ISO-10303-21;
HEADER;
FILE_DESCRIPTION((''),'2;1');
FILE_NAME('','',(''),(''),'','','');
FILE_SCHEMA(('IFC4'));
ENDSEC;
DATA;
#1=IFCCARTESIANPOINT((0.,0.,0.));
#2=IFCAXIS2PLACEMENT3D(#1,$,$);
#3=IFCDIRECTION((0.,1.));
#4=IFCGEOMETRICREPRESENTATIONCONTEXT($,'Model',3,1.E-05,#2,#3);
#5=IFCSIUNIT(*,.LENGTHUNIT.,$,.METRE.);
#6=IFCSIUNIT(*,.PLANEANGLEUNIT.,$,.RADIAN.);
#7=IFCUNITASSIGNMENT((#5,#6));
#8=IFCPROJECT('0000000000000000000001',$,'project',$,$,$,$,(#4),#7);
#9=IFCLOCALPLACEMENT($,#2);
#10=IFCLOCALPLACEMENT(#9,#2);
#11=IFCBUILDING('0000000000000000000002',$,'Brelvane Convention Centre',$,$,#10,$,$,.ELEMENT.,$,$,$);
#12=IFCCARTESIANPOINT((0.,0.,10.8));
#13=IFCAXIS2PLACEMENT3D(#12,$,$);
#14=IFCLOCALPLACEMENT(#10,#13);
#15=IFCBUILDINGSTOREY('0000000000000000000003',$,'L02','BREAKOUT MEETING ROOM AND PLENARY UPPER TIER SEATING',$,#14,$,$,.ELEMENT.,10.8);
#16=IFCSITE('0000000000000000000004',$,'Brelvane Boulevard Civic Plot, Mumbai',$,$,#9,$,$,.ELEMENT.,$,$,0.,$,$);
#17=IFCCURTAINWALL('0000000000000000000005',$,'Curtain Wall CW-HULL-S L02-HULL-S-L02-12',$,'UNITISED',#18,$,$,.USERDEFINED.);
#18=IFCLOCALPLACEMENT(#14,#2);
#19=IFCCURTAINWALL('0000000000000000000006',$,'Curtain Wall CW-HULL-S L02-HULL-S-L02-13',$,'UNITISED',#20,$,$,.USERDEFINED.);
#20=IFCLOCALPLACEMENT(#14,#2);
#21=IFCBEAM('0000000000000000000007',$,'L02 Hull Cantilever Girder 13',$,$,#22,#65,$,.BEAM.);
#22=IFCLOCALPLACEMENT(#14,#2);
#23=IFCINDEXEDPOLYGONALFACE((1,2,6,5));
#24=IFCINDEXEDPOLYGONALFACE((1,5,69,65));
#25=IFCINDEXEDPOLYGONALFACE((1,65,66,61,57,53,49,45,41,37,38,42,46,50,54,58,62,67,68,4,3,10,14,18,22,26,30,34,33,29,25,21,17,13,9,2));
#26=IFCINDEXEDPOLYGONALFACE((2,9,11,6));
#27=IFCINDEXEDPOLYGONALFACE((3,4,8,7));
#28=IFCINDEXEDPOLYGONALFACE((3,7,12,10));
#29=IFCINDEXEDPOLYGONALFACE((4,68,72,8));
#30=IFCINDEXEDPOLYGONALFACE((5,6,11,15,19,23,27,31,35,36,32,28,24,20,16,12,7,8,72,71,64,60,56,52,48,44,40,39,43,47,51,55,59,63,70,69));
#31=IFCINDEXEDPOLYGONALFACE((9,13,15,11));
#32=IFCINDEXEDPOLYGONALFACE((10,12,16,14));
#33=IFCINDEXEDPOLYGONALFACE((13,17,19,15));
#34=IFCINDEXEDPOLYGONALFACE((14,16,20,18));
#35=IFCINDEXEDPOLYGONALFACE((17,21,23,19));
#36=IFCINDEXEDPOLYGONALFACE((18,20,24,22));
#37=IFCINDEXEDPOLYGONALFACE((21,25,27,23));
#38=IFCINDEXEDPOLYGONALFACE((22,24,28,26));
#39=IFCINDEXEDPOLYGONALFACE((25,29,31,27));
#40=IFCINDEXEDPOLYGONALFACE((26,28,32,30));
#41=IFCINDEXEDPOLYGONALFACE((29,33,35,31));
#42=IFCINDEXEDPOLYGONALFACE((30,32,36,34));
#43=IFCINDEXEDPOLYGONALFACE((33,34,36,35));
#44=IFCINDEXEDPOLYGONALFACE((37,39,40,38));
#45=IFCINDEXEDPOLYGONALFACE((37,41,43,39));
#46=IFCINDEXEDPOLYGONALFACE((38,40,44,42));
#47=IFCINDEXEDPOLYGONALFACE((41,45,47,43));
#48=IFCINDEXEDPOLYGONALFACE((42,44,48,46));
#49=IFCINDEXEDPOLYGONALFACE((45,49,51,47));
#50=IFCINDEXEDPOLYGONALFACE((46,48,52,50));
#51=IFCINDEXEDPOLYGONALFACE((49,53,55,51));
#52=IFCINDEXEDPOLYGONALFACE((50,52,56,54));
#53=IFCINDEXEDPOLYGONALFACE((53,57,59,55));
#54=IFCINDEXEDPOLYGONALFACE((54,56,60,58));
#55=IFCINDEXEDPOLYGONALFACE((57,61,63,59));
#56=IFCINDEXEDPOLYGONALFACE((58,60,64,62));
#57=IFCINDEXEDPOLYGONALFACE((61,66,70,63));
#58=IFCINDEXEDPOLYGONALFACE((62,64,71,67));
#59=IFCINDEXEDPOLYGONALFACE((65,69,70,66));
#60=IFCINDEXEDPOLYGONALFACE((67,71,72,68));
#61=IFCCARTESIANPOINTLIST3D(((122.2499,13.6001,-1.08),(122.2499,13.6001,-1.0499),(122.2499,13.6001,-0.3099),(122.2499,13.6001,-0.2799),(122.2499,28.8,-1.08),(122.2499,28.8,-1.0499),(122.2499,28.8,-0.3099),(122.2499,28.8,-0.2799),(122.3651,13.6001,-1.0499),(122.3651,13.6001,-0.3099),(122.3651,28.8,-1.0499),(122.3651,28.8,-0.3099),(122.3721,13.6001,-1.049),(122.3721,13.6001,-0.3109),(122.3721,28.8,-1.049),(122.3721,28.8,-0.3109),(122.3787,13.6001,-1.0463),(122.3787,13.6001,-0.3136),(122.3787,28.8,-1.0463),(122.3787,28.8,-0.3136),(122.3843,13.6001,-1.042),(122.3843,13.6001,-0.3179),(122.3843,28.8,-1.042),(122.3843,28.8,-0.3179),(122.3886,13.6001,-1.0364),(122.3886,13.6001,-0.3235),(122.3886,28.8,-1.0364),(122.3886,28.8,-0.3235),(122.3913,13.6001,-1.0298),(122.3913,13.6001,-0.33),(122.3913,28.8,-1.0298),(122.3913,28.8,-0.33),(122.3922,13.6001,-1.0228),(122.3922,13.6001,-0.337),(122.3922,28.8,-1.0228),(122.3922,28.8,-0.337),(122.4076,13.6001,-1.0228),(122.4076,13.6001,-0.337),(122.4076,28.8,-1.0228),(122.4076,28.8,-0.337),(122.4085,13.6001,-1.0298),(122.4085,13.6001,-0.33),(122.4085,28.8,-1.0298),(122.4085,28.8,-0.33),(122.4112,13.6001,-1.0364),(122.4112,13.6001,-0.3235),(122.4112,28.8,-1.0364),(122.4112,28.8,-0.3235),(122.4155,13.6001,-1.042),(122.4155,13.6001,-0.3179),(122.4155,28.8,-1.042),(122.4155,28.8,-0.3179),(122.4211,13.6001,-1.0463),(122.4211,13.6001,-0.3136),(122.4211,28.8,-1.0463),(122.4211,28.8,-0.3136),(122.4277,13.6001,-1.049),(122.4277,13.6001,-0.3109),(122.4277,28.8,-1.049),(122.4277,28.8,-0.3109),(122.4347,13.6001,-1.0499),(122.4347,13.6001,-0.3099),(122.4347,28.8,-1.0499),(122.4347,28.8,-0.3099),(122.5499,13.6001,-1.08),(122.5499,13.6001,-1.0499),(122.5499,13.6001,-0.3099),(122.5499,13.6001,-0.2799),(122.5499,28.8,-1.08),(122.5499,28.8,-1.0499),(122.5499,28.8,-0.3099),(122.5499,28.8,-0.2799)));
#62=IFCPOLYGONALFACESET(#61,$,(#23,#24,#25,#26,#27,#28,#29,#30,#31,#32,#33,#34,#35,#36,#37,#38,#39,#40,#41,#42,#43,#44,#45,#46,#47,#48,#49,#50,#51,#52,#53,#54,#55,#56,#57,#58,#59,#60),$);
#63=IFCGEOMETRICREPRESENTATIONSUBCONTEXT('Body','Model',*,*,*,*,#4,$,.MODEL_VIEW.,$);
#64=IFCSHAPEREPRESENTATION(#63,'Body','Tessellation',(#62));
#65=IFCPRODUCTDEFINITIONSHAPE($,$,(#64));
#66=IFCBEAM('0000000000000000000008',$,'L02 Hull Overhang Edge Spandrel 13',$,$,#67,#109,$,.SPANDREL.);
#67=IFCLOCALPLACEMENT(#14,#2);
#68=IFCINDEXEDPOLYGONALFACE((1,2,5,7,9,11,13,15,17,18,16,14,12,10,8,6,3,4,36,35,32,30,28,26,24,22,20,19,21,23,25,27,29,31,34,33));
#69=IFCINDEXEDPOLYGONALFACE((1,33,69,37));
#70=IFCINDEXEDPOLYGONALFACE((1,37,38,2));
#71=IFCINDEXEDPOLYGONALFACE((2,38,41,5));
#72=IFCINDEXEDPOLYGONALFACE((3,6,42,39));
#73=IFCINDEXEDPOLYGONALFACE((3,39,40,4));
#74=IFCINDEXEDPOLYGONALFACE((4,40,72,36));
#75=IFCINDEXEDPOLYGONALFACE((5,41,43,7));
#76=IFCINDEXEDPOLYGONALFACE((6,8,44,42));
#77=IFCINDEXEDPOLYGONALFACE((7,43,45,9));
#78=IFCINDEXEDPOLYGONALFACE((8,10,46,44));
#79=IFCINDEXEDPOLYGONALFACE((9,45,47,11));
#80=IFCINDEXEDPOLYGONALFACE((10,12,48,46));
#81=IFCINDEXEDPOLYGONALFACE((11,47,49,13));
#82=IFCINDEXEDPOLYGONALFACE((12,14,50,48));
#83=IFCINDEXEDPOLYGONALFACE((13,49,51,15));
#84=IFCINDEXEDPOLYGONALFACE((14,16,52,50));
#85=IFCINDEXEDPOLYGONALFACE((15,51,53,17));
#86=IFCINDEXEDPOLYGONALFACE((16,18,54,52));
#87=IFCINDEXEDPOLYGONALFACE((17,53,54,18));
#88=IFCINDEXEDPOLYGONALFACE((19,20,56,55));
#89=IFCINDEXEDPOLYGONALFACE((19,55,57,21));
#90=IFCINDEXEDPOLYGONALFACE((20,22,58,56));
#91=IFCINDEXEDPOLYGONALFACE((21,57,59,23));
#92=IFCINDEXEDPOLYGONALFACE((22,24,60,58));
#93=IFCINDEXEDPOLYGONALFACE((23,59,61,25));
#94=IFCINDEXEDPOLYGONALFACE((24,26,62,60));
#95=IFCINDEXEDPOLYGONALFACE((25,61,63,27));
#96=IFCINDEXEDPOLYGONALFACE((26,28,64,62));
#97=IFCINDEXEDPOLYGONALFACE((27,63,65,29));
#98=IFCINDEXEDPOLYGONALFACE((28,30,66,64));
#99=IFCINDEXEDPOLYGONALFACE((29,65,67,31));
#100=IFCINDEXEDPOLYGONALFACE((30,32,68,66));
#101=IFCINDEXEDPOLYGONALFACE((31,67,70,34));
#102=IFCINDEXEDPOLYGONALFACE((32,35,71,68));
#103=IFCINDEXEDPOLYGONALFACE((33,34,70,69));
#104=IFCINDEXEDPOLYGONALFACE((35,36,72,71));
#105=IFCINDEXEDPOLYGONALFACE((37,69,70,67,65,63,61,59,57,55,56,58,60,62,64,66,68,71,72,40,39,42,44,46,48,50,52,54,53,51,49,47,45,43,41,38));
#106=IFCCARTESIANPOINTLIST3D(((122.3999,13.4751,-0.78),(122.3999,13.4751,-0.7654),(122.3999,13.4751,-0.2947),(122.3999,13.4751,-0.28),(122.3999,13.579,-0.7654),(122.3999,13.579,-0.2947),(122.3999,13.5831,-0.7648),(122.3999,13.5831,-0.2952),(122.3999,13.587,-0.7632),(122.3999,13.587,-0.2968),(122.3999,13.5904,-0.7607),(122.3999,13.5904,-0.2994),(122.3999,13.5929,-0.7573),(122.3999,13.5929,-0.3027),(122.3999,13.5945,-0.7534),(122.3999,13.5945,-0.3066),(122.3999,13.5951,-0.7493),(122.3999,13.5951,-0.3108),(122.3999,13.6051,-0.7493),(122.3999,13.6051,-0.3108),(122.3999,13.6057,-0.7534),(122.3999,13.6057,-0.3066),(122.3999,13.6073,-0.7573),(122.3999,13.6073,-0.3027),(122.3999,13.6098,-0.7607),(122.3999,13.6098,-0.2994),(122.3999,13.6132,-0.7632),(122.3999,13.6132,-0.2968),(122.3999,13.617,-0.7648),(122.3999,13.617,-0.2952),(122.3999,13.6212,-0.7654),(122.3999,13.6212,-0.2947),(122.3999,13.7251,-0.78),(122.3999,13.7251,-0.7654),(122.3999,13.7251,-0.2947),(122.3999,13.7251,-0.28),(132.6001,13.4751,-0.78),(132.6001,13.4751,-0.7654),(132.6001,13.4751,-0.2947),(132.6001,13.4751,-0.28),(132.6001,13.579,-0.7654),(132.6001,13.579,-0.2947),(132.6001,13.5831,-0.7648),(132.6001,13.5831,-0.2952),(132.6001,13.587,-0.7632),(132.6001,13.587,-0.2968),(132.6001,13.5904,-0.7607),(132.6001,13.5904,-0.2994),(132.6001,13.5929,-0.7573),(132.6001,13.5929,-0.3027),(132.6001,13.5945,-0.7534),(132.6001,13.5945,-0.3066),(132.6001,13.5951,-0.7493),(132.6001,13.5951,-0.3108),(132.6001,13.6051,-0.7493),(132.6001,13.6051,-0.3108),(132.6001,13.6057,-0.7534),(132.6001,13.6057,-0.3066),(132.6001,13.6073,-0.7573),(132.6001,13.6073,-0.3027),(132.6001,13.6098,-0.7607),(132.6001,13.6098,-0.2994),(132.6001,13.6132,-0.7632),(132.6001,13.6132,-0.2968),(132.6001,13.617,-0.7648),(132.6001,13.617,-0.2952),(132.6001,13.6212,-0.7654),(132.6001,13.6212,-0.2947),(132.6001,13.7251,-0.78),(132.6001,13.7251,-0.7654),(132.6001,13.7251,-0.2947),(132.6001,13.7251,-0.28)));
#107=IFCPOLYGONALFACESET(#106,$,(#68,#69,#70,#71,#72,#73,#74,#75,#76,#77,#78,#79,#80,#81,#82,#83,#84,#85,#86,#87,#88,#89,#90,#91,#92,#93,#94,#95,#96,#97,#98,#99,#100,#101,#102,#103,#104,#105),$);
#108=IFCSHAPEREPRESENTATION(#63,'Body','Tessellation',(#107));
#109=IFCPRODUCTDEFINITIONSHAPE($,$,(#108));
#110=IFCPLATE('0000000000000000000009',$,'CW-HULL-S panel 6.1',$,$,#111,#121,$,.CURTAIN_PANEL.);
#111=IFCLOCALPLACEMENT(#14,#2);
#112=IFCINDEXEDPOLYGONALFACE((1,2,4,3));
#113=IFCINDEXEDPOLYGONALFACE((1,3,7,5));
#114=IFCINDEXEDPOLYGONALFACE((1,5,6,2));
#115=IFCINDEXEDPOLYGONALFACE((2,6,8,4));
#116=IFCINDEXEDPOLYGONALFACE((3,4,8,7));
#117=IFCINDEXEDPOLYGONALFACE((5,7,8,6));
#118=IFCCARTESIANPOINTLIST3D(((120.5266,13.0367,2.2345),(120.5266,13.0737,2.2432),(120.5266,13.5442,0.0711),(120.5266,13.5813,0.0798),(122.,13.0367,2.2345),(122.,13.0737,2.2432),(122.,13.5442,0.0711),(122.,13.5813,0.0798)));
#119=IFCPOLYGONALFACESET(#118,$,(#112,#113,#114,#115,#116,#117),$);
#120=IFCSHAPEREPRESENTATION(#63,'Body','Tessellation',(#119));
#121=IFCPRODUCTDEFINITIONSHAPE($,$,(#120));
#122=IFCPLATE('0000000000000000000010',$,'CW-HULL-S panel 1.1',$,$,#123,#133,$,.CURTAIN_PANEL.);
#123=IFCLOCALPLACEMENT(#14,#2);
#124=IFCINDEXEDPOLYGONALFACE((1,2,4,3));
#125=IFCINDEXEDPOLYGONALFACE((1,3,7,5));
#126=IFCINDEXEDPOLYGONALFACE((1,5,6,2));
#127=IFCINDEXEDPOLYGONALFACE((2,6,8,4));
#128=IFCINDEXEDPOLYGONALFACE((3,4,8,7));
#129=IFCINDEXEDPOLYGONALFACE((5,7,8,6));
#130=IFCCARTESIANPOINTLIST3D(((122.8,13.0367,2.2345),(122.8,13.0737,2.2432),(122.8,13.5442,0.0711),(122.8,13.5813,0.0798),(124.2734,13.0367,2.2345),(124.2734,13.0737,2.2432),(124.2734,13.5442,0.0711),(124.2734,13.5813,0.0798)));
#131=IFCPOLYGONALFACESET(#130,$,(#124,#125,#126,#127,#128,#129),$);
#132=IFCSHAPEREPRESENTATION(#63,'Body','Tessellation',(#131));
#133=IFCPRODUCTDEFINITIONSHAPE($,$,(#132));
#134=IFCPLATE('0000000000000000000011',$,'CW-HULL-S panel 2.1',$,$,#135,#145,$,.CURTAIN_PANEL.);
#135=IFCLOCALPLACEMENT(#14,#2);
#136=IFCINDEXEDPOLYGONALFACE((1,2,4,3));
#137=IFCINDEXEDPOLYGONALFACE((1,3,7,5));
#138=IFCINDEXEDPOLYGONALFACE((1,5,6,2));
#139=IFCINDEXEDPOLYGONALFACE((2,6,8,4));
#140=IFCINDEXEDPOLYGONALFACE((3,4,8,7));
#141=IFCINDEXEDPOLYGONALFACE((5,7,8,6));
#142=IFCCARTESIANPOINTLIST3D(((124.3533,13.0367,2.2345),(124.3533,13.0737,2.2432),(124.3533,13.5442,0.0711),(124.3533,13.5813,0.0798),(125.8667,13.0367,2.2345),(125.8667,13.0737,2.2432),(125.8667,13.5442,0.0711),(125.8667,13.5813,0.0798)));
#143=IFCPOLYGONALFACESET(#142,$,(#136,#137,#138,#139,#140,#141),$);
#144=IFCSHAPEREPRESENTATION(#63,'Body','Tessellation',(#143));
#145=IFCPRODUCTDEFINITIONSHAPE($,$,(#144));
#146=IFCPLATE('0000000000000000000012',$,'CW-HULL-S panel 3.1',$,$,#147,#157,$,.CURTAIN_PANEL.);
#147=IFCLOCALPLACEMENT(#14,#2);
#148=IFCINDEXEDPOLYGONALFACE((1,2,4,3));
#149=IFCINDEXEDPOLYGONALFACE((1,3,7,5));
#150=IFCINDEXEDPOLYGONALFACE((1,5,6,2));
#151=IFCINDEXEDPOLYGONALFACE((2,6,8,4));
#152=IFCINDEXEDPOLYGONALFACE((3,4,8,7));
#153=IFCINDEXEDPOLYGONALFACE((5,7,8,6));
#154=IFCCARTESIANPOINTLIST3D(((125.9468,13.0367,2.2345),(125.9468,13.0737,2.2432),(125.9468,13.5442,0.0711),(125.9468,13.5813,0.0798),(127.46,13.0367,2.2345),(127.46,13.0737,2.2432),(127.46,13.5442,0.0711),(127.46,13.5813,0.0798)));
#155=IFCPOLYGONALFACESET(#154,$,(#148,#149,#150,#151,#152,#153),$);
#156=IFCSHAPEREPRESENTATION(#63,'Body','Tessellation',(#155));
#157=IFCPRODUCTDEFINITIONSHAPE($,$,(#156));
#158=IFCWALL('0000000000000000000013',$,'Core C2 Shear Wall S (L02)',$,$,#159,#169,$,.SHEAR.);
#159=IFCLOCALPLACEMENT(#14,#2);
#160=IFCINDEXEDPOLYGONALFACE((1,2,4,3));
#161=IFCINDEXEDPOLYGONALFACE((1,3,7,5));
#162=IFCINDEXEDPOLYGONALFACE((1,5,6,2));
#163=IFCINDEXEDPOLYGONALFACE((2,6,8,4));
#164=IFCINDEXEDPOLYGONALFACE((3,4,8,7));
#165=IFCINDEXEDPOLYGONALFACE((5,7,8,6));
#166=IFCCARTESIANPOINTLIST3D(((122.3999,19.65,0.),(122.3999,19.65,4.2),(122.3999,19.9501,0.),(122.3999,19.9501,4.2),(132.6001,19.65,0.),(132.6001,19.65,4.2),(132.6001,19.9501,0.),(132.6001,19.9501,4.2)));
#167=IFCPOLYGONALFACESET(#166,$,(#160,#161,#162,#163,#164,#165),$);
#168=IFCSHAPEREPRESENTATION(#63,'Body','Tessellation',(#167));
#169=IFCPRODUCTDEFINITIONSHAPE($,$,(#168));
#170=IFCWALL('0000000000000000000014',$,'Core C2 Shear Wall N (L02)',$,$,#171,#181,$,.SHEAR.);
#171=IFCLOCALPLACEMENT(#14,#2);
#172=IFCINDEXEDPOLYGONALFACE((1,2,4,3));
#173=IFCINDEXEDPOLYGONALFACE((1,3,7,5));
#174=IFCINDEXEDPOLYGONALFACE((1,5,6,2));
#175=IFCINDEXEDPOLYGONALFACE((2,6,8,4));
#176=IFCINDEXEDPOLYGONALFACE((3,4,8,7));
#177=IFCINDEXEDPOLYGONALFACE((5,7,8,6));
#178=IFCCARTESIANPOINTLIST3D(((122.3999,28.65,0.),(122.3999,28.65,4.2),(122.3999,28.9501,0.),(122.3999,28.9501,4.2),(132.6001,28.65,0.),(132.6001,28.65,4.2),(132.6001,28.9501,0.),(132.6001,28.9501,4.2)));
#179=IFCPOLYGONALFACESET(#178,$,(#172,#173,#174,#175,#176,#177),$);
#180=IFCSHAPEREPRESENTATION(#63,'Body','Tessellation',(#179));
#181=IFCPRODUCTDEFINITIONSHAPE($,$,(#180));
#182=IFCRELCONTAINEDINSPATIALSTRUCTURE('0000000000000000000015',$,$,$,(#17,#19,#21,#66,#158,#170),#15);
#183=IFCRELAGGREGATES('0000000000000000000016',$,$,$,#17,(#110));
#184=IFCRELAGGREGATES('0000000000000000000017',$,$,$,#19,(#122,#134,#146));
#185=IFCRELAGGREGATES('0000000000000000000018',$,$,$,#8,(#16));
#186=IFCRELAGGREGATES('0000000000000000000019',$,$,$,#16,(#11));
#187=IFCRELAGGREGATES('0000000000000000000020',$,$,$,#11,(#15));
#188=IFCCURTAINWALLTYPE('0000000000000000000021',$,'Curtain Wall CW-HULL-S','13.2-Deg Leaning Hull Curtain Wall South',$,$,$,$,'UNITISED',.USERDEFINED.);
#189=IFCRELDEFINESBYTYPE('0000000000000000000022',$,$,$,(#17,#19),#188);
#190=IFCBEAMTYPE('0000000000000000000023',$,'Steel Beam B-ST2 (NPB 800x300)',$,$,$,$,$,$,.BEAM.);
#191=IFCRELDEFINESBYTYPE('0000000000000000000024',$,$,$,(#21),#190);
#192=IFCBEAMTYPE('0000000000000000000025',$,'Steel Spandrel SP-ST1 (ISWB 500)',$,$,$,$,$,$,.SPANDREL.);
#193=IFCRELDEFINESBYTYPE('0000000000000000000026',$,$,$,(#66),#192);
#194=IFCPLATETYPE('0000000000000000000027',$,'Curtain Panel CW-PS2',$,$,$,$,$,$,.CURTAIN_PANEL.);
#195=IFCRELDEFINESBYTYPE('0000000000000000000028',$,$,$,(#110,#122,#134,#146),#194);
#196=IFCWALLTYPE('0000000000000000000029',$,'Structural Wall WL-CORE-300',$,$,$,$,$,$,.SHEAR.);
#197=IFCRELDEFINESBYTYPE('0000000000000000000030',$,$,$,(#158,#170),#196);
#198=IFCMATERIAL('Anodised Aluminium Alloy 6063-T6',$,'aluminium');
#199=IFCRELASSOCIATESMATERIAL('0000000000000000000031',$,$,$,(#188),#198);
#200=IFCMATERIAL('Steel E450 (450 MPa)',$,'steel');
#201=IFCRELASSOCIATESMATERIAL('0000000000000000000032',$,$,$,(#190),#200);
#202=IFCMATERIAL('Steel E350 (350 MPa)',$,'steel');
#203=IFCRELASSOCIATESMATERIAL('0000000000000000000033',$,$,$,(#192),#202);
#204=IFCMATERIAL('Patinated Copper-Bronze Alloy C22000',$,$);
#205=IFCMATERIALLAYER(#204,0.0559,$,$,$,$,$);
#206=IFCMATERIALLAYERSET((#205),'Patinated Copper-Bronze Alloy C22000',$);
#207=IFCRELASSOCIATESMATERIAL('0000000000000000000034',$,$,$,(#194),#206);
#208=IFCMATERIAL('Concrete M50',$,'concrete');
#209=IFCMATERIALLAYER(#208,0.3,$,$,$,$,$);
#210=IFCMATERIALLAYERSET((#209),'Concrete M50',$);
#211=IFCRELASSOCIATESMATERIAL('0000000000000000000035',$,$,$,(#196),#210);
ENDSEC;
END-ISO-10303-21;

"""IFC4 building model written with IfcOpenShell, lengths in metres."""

from ifc_helpers import new_model, si_unit, direction, frame, frame_2d, origin, origin_2d, place, context, subcontext, project, spatial, polyline, rectangle, i_section, outline, extrude, material, layer, layer_set, material_profile, profile_set, type_object, element, aggregate, save


model = new_model("IFC4")

# Units and contexts
model_context = context("Model", 3, precision=1e-05, world=origin(), true_north=direction((0.0, 1.0)))
body_context = subcontext(model_context, "Body", "Model", "MODEL_VIEW")
ifc_project = project(units=[si_unit("LENGTHUNIT", "METRE"), si_unit("PLANEANGLEUNIT", "RADIAN")], contexts=[model_context])

# Site, building, storey
site_placement = place(None, origin())
site = spatial("IfcSite", under=ifc_project, at=site_placement, Name="Brelvane Boulevard Civic Plot, Mumbai", CompositionType="ELEMENT", RefElevation=0.0)
building_placement = place(site_placement, origin())
building = spatial("IfcBuilding", under=site, at=building_placement, Name="Brelvane Convention Centre", CompositionType="ELEMENT")
storey_placement = place(building_placement, frame((0.0, 0.0, 10.8)))
storey = spatial("IfcBuildingStorey", under=building, at=storey_placement, Name="L02", Description="BREAKOUT MEETING ROOM AND PLENARY UPPER TIER SEATING", CompositionType="ELEMENT", Elevation=10.8)

# Curtain walls
ifc_material_1 = material(Name="Anodised Aluminium Alloy 6063-T6", Category="aluminium")
curtain_wall_type = type_object("IfcCurtainWallType", Name="Curtain Wall CW-HULL-S", Description="13.2-Deg Leaning Hull Curtain Wall South", ElementType="UNITISED", PredefinedType="USERDEFINED", material=ifc_material_1)
curtain_wall_1_placement = place(storey_placement, origin())
curtain_wall_1 = element("IfcCurtainWall", 1, at=curtain_wall_1_placement, inside=storey, type_object=curtain_wall_type, Name="Curtain Wall CW-HULL-S L02-HULL-S-L02-12", ObjectType="UNITISED", PredefinedType="USERDEFINED")
curtain_wall_2_placement = place(storey_placement, origin())
curtain_wall_2 = element("IfcCurtainWall", 2, at=curtain_wall_2_placement, inside=storey, type_object=curtain_wall_type, Name="Curtain Wall CW-HULL-S L02-HULL-S-L02-13", ObjectType="UNITISED", PredefinedType="USERDEFINED")

# Beams
ifc_material_2 = material(Name="Steel E450 (450 MPa)", Category="steel")
ifc_material_profile_1 = material_profile(ifc_material_2, i_section(OverallWidth=0.3, OverallDepth=0.8, WebThickness=0.0154, FlangeThickness=0.03, FilletRadius=0.0271, at=origin_2d()), Name="NPB 800x300")
ifc_profile_set_1 = profile_set([ifc_material_profile_1], Name="Steel E450 (450 MPa)")
beam_type_1 = type_object("IfcBeamType", Name="Steel Beam B-ST2 (NPB 800x300)", PredefinedType="BEAM", material=ifc_profile_set_1)
beam_1_placement = place(storey_placement, frame((122.3999, 13.6001, -0.6799), z_axis=(0.0, 1.0, 0.0), x_axis=(-1.0, 0.0, 0.0)))
element("IfcBeam", 3, at=beam_1_placement, inside=storey, type_object=beam_type_1, Name="L02 Hull Cantilever Girder 13", PredefinedType="BEAM", context=body_context, shape_type="SweptSolid", body=[
    extrude(i_section(OverallWidth=0.3, OverallDepth=0.8, WebThickness=0.0154, FlangeThickness=0.03, FilletRadius=0.0271, at=origin_2d()), origin(), (0.0, 0.0, 1.0), 15.2),
])
ifc_material_3 = material(Name="Steel E350 (350 MPa)", Category="steel")
ifc_material_profile_2 = material_profile(ifc_material_3, i_section(OverallWidth=0.25, OverallDepth=0.5, WebThickness=0.01, FlangeThickness=0.0146, FilletRadius=0.0161, at=origin_2d()), Name="ISWB 500")
ifc_profile_set_2 = profile_set([ifc_material_profile_2], Name="Steel E350 (350 MPa)")
beam_type_2 = type_object("IfcBeamType", Name="Steel Spandrel SP-ST1 (ISWB 500)", PredefinedType="SPANDREL", material=ifc_profile_set_2)
beam_2_placement = place(storey_placement, frame((122.3999, 13.6001, -0.53), z_axis=(1.0, 0.0, 0.0), x_axis=(0.0, 1.0, 0.0)))
element("IfcBeam", 4, at=beam_2_placement, inside=storey, type_object=beam_type_2, Name="L02 Hull Overhang Edge Spandrel 13", PredefinedType="SPANDREL", context=body_context, shape_type="SweptSolid", body=[
    extrude(i_section(OverallWidth=0.25, OverallDepth=0.5, WebThickness=0.01, FlangeThickness=0.0146, FilletRadius=0.0161, at=origin_2d()), origin(), (0.0, 0.0, 1.0), 10.2002),
])

# Plates
ifc_material_4 = material(Name="Patinated Copper-Bronze Alloy C22000")
ifc_layer_1 = layer(ifc_material_4, 0.0559)
ifc_layer_set_1 = layer_set([ifc_layer_1], Name="Patinated Copper-Bronze Alloy C22000")
plate_type = type_object("IfcPlateType", Name="Curtain Panel CW-PS2", PredefinedType="CURTAIN_PANEL", material=ifc_layer_set_1)
plate_1_placement = place(storey_placement, frame((120.5266, 13.5813, 0.0798), z_axis=(0.0, 0.973563, 0.228421), x_axis=(1.0, 0.0, 0.0)))
plate_1 = element("IfcPlate", 5, at=plate_1_placement, type_object=plate_type, Name="CW-HULL-S panel 6.1", PredefinedType="CURTAIN_PANEL", context=body_context, shape_type="SweptSolid", body=[
    extrude(outline(polyline([(0.0, 0.0), (1.4734, 0.0), (1.4734, -2.2221), (0.0, -2.2221), (0.0, 0.0)])), origin(), (0.0, 0.0, -1.0), 0.0381),
])
aggregate(curtain_wall_1, [plate_1])
plate_2_placement = place(storey_placement, frame((122.8, 13.5813, 0.0798), z_axis=(0.0, 0.973563, 0.228421), x_axis=(1.0, 0.0, 0.0)))
plate_2 = element("IfcPlate", 6, at=plate_2_placement, type_object=plate_type, Name="CW-HULL-S panel 1.1", PredefinedType="CURTAIN_PANEL", context=body_context, shape_type="SweptSolid", body=[
    extrude(outline(polyline([(0.0, 0.0), (1.4734, 0.0), (1.4734, -2.2221), (0.0, -2.2221), (0.0, 0.0)])), origin(), (0.0, 0.0, -1.0), 0.0381),
])
plate_3_placement = place(storey_placement, frame((124.3533, 13.5813, 0.0798), z_axis=(0.0, 0.973563, 0.228421), x_axis=(1.0, 0.0, 0.0)))
plate_3 = element("IfcPlate", 7, at=plate_3_placement, type_object=plate_type, Name="CW-HULL-S panel 2.1", PredefinedType="CURTAIN_PANEL", context=body_context, shape_type="SweptSolid", body=[
    extrude(outline(polyline([(0.0, 0.0), (1.5134, 0.0), (1.5134, -2.2221), (0.0, -2.2221), (0.0, 0.0)])), origin(), (0.0, 0.0, -1.0), 0.0381),
])
plate_4_placement = place(storey_placement, frame((125.9468, 13.5813, 0.0798), z_axis=(0.0, 0.973563, 0.228421), x_axis=(1.0, 0.0, 0.0)))
plate_4 = element("IfcPlate", 8, at=plate_4_placement, type_object=plate_type, Name="CW-HULL-S panel 3.1", PredefinedType="CURTAIN_PANEL", context=body_context, shape_type="SweptSolid", body=[
    extrude(outline(polyline([(0.0, 0.0), (1.5132, 0.0), (1.5132, -2.2221), (0.0, -2.2221), (0.0, 0.0)])), origin(), (0.0, 0.0, -1.0), 0.0381),
])
aggregate(curtain_wall_2, [plate_2, plate_3, plate_4])

# Walls
ifc_material_5 = material(Name="Concrete M50", Category="concrete")
ifc_layer_2 = layer(ifc_material_5, 0.3)
ifc_layer_set_2 = layer_set([ifc_layer_2], Name="Concrete M50")
wall_type = type_object("IfcWallType", Name="Structural Wall WL-CORE-300", PredefinedType="SHEAR", material=ifc_layer_set_2)
for number, where, z_axis, x_axis, name in (
    (9, (122.3999, 19.8, 0.0), (0.0, 0.0, 1.0), (1.0, 0.0, 0.0), "Core C2 Shear Wall S (L02)"),
    (10, (122.3999, 28.8, 0.0), (0.0, 0.0, 1.0), (1.0, 0.0, 0.0), "Core C2 Shear Wall N (L02)"),
):
    element("IfcWall", number, at=place(storey_placement, frame(where, z_axis=z_axis, x_axis=x_axis)), inside=storey, type_object=wall_type, Name=name, PredefinedType="SHEAR", context=body_context, shape_type="SweptSolid", body=[
        extrude(rectangle(XDim=10.2002, YDim=0.3, at=frame_2d((5.1001, 0.0))), origin(), (0.0, 0.0, 1.0), 4.2),
    ])

save(model, "model.ifc")
